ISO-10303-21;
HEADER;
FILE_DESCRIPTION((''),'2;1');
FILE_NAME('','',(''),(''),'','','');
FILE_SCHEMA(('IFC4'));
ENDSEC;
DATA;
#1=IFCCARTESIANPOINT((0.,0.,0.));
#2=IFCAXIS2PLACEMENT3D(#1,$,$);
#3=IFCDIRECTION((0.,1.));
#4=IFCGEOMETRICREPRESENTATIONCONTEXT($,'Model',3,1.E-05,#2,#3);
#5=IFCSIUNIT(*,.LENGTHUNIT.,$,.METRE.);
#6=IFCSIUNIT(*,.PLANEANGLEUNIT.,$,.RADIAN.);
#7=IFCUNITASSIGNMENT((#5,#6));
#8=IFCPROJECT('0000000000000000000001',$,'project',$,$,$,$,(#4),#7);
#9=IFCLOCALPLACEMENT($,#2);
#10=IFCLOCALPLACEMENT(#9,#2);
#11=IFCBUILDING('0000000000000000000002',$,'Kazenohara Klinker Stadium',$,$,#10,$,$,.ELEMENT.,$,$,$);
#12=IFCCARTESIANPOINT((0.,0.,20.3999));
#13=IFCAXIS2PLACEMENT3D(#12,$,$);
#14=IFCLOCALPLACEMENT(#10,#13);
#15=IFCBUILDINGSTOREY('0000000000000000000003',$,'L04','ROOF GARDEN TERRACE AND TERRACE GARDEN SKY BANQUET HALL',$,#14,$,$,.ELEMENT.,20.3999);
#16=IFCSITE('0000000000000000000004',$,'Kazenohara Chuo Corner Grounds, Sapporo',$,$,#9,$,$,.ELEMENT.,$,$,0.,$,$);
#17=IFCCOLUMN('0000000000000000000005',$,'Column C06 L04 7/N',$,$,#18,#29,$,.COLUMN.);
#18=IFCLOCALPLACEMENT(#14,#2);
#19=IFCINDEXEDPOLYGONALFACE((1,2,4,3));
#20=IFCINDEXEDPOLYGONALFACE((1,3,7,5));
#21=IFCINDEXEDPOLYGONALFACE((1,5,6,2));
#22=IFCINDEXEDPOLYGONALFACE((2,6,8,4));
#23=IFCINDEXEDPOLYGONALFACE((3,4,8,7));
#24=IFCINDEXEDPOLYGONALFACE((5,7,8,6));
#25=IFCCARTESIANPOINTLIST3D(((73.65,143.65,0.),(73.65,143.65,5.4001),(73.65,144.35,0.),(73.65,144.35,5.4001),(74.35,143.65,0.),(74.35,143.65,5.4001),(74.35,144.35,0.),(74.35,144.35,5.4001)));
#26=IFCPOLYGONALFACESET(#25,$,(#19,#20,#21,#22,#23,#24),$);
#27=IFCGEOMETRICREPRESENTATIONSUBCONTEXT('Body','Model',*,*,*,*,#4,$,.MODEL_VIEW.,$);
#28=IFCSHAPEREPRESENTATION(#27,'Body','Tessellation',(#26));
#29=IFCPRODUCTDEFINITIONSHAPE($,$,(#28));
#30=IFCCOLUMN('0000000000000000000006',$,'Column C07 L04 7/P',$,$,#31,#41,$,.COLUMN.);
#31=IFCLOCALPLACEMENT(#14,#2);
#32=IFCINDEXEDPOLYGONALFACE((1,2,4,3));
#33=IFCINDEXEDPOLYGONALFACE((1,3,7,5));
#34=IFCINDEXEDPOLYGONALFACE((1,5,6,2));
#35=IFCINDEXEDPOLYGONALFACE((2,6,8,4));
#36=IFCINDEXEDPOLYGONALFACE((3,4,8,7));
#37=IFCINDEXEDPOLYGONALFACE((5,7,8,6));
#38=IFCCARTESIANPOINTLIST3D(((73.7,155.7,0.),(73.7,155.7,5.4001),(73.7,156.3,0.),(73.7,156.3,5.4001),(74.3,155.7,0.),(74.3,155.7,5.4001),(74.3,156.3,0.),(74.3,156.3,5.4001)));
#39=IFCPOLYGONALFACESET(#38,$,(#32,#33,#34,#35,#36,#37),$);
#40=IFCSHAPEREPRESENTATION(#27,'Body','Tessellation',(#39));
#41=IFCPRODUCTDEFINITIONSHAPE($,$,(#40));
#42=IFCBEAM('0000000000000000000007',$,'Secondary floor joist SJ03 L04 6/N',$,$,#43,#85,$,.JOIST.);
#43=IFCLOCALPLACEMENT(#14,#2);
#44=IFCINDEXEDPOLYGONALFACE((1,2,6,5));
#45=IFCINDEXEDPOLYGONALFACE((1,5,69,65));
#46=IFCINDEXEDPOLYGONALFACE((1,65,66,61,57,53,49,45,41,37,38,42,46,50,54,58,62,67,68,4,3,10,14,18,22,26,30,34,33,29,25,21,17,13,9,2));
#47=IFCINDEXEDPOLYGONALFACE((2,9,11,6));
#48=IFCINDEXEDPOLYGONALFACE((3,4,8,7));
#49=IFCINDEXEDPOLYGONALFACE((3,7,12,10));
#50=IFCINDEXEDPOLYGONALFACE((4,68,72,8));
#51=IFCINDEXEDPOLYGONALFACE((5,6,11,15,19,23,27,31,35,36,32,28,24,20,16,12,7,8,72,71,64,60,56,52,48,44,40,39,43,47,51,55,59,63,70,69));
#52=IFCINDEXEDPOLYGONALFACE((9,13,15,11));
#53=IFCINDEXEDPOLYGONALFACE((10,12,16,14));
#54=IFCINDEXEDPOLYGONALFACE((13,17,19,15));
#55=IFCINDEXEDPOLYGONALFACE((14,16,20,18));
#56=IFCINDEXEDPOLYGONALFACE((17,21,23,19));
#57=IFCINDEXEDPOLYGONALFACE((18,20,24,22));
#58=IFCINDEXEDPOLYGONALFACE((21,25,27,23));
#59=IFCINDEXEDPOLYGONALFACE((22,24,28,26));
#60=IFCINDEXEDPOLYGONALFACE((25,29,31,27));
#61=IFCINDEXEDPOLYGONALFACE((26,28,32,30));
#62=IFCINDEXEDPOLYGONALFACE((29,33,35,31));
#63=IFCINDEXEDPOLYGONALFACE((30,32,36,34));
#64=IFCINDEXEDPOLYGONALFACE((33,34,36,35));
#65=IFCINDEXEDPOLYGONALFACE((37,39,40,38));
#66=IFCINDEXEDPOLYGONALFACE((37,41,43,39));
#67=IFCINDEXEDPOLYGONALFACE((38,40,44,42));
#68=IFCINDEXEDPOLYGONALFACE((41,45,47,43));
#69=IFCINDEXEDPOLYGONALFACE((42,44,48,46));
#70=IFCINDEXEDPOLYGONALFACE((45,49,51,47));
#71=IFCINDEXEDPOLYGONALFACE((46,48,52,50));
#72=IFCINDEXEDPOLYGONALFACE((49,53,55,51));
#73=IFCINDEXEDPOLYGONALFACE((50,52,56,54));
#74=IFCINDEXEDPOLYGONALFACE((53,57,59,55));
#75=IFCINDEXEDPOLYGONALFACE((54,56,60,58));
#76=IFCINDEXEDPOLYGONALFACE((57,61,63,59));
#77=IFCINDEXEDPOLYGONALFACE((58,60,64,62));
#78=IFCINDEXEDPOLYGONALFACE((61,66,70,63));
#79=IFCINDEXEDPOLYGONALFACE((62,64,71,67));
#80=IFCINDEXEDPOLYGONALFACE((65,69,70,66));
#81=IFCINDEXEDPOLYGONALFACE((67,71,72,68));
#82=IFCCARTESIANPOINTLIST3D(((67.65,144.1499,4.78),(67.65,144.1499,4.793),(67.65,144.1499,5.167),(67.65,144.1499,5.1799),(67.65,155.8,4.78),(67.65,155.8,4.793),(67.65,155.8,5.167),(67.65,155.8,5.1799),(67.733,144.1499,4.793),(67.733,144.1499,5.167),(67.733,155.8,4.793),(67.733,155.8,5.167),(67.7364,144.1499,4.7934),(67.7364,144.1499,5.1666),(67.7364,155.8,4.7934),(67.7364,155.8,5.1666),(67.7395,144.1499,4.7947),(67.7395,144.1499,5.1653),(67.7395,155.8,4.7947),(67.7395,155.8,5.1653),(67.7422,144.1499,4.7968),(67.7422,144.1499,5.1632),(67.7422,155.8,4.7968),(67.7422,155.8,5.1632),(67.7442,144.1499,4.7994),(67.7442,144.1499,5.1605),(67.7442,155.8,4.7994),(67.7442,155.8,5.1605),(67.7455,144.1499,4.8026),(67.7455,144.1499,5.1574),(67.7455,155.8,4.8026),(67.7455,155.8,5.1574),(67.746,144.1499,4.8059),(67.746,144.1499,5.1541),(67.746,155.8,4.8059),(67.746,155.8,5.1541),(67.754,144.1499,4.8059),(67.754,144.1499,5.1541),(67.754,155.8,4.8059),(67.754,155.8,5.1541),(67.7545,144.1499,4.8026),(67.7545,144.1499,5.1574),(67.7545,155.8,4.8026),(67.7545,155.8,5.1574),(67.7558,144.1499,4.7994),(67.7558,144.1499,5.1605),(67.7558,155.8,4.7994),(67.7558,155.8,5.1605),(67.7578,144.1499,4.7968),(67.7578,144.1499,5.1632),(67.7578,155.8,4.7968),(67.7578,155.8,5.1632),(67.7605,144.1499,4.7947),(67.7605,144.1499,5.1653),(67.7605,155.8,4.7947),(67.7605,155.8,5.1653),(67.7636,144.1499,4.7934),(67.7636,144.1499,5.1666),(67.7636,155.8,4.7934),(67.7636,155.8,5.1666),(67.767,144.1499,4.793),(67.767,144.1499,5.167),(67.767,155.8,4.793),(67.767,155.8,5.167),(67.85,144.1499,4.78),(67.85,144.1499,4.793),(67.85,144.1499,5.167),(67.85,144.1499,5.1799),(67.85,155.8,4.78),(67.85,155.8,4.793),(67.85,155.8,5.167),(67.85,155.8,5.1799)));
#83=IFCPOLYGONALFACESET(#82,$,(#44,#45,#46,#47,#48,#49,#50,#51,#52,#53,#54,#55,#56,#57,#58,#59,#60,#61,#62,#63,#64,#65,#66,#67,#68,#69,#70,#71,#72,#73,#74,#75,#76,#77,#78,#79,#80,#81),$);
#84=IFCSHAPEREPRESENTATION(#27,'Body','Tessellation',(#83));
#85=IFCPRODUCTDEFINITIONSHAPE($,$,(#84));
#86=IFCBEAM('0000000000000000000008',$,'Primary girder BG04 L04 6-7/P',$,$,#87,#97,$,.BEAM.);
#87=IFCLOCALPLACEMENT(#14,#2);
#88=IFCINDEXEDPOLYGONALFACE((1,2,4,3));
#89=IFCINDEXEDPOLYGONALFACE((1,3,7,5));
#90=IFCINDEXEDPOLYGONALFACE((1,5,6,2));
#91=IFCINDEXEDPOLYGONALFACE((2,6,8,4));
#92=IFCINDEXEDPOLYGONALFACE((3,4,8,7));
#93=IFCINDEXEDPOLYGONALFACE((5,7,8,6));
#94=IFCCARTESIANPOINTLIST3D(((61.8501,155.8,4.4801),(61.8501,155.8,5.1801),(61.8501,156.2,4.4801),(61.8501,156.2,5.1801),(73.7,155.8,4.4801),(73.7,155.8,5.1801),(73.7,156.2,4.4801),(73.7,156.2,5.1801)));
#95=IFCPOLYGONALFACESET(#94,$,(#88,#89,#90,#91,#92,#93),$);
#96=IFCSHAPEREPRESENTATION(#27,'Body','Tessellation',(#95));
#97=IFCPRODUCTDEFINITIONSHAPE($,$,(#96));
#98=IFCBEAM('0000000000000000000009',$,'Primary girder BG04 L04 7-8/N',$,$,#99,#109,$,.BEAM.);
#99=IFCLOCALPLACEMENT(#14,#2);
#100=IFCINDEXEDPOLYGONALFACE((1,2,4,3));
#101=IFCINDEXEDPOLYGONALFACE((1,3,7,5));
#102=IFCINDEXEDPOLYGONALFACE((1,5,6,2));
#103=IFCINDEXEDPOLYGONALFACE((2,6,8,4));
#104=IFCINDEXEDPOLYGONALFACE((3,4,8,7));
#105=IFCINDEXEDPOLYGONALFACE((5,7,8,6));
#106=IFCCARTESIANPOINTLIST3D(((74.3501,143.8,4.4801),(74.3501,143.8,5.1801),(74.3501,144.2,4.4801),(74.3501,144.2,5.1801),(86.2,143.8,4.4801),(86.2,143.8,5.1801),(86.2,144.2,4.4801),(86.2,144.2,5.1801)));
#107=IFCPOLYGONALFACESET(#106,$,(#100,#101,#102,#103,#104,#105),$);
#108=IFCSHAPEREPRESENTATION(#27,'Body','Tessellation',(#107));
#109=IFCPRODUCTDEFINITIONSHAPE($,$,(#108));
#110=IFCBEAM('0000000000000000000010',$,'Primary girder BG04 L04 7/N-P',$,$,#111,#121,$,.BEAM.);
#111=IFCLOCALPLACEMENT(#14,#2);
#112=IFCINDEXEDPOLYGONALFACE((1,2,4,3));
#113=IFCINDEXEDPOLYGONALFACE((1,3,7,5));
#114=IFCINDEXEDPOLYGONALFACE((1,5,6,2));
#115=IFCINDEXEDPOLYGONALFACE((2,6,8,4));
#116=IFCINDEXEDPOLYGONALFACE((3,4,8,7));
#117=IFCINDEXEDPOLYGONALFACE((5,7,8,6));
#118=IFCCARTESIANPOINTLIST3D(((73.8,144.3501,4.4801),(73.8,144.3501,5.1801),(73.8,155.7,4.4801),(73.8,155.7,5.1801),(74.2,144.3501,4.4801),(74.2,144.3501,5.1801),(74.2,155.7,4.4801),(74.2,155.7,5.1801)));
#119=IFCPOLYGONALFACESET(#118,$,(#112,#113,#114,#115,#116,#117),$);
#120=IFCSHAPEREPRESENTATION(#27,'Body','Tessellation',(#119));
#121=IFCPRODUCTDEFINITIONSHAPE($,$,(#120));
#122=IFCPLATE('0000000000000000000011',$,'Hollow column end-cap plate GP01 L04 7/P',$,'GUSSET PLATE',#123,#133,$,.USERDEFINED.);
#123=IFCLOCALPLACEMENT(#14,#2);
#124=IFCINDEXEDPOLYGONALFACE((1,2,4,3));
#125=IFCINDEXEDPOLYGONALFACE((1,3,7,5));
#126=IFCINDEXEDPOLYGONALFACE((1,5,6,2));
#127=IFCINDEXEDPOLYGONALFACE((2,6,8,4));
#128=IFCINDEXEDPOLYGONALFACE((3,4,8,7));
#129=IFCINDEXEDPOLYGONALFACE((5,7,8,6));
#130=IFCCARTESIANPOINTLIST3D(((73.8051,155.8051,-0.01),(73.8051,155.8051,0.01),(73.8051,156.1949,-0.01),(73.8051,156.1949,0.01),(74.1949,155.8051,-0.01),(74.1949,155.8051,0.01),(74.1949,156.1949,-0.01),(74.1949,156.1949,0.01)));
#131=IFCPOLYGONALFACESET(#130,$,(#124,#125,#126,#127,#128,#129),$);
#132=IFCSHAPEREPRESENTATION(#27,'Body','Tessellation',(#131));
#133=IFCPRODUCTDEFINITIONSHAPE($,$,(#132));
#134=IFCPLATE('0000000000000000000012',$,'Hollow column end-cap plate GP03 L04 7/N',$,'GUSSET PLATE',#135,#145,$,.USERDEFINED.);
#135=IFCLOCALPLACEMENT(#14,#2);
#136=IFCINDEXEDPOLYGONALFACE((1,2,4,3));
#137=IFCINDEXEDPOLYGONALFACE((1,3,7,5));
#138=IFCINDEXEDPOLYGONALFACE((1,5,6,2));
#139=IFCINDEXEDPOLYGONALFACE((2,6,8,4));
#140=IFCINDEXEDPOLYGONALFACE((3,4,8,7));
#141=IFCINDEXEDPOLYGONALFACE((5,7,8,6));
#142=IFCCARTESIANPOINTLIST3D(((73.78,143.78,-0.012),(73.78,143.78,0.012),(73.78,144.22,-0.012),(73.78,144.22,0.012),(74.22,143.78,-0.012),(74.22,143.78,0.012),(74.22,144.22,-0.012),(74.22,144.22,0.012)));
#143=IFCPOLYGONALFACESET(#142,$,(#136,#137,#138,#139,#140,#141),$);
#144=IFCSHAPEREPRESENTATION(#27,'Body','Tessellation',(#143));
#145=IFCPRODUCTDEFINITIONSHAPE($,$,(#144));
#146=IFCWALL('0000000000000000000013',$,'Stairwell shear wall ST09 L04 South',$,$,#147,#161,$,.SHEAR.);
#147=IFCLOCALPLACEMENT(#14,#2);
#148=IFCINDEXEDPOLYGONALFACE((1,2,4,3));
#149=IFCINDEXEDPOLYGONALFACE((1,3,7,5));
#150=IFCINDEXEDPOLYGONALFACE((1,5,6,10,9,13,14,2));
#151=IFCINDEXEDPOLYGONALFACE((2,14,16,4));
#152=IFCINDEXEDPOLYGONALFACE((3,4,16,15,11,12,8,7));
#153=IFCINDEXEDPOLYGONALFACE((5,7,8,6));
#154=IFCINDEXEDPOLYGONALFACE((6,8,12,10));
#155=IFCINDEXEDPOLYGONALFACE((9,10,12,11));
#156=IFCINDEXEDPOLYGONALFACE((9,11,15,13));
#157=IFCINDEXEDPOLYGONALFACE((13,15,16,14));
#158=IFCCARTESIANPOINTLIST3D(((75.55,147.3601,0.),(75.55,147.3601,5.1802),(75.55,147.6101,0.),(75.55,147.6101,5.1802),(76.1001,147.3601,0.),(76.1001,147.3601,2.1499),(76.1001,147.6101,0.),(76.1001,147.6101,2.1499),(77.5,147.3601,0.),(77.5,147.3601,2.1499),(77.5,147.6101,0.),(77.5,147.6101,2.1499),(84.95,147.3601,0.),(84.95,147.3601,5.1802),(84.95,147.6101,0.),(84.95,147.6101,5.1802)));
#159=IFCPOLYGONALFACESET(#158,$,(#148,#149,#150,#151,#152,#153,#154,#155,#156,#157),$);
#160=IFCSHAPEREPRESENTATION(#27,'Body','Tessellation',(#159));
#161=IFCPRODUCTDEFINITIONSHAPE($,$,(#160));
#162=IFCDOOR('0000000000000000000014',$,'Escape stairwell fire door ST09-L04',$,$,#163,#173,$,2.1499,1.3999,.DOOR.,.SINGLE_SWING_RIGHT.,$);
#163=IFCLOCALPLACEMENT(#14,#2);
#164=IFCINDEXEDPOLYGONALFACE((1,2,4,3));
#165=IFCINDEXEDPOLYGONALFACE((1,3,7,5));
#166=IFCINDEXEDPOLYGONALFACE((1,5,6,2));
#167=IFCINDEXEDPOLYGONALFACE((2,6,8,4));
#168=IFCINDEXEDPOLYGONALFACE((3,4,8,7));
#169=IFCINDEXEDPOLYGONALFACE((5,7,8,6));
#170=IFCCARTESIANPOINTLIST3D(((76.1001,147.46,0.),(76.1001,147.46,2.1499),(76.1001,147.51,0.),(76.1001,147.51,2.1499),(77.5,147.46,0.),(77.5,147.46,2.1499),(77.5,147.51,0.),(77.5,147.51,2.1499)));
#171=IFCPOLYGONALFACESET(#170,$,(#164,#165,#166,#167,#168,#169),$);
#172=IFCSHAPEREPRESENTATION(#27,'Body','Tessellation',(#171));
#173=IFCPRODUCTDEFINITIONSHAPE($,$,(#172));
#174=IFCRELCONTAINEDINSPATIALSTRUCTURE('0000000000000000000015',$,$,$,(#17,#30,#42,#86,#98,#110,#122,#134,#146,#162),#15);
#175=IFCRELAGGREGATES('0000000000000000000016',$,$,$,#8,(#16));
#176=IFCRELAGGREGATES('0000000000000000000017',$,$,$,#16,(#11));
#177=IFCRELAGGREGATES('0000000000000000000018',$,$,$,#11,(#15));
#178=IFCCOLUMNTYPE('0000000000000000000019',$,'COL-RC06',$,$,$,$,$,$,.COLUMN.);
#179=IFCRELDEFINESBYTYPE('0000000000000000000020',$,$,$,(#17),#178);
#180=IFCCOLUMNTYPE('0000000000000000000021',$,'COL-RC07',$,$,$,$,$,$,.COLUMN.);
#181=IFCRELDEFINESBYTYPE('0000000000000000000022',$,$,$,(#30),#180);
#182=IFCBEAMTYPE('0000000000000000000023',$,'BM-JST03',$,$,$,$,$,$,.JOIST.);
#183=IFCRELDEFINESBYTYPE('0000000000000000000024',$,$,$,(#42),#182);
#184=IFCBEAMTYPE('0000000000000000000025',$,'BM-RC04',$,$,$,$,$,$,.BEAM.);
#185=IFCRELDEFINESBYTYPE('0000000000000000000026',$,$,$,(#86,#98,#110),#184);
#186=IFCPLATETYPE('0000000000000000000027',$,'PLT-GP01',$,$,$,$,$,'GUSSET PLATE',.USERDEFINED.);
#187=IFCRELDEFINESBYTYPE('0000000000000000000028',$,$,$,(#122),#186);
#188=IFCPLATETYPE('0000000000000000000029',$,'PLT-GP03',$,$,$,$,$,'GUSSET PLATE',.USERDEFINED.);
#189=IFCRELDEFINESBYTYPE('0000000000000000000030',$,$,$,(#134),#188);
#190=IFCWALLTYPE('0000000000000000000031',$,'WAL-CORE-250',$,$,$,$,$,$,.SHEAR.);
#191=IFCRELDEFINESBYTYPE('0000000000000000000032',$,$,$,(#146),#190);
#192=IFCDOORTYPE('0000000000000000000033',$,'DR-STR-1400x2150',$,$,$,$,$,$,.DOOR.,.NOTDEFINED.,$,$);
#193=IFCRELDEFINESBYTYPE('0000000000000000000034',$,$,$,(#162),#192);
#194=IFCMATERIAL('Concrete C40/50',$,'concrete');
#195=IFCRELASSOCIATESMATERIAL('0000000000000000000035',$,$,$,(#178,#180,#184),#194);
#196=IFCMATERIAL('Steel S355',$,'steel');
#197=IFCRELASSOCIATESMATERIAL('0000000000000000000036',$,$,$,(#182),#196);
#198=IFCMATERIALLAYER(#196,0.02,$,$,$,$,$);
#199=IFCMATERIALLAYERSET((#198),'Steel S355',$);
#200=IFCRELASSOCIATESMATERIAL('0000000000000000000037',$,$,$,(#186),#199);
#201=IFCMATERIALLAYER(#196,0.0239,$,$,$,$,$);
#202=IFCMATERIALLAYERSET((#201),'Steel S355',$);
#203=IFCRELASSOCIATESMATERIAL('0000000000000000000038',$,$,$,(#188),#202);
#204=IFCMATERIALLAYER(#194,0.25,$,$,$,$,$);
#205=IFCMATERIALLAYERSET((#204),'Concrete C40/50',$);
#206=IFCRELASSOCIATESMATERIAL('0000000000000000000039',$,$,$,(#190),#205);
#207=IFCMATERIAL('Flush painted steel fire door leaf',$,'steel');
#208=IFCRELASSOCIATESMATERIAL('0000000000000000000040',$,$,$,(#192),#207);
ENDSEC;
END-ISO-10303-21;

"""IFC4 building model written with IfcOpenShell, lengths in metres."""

from ifc_helpers import new_model, si_unit, direction, frame, frame_2d, origin, origin_2d, place, context, subcontext, project, spatial, rectangle, i_section, extrude, material, layer, layer_set, material_profile, profile_set, type_object, element, fill, save


model = new_model("IFC4")

# Units and contexts
model_context = context("Model", 3, precision=1e-05, world=origin(), true_north=direction((0.0, 1.0)))
body_context = subcontext(model_context, "Body", "Model", "MODEL_VIEW")
ifc_project = project(units=[si_unit("LENGTHUNIT", "METRE"), si_unit("PLANEANGLEUNIT", "RADIAN")], contexts=[model_context])

# Site, building, storey
site_placement = place(None, origin())
site = spatial("IfcSite", under=ifc_project, at=site_placement, Name="Kazenohara Chuo Corner Grounds, Sapporo", CompositionType="ELEMENT", RefElevation=0.0)
building_placement = place(site_placement, origin())
building = spatial("IfcBuilding", under=site, at=building_placement, Name="Kazenohara Klinker Stadium", CompositionType="ELEMENT")
storey_placement = place(building_placement, frame((0.0, 0.0, 20.3999)))
storey = spatial("IfcBuildingStorey", under=building, at=storey_placement, Name="L04", Description="ROOF GARDEN TERRACE AND TERRACE GARDEN SKY BANQUET HALL", CompositionType="ELEMENT", Elevation=20.3999)

# Columns
ifc_material_1 = material(Name="Concrete C40/50", Category="concrete")
ifc_material_profile_1 = material_profile(ifc_material_1, rectangle(XDim=0.7, YDim=0.7, at=origin_2d()), Name="RC-COL-700x700")
ifc_profile_set_1 = profile_set([ifc_material_profile_1], Name="Concrete C40/50")
column_type_1 = type_object("IfcColumnType", Name="COL-RC06", PredefinedType="COLUMN", material=ifc_profile_set_1)
column_1_placement = place(storey_placement, frame((74.0, 144.0, 0.0), z_axis=(0.0, 0.0, 1.0), x_axis=(1.0, 0.0, 0.0)))
element("IfcColumn", 1, at=column_1_placement, inside=storey, type_object=column_type_1, Name="Column C06 L04 7/N", PredefinedType="COLUMN", context=body_context, shape_type="SweptSolid", body=[
    extrude(rectangle(XDim=0.7, YDim=0.7, at=origin_2d()), origin(), (0.0, 0.0, 1.0), 5.4001),
])
ifc_material_profile_2 = material_profile(ifc_material_1, rectangle(XDim=0.6001, YDim=0.6001, at=origin_2d()), Name="RC-COL-600x600")
ifc_profile_set_2 = profile_set([ifc_material_profile_2], Name="Concrete C40/50")
column_type_2 = type_object("IfcColumnType", Name="COL-RC07", PredefinedType="COLUMN", material=ifc_profile_set_2)
column_2_placement = place(storey_placement, frame((74.0, 156.0, 0.0), z_axis=(0.0, 0.0, 1.0), x_axis=(1.0, 0.0, 0.0)))
element("IfcColumn", 2, at=column_2_placement, inside=storey, type_object=column_type_2, Name="Column C07 L04 7/P", PredefinedType="COLUMN", context=body_context, shape_type="SweptSolid", body=[
    extrude(rectangle(XDim=0.6001, YDim=0.6001, at=origin_2d()), origin(), (0.0, 0.0, 1.0), 5.4001),
])

# Beams
ifc_material_2 = material(Name="Steel S355", Category="steel")
ifc_material_profile_3 = material_profile(ifc_material_2, i_section(OverallWidth=0.2, OverallDepth=0.3999, WebThickness=0.0081, FlangeThickness=0.0129, FilletRadius=0.0129, at=origin_2d()), Name="H-400x200x8x13")
ifc_profile_set_3 = profile_set([ifc_material_profile_3], Name="Steel S355")
beam_type_1 = type_object("IfcBeamType", Name="BM-JST03", PredefinedType="JOIST", material=ifc_profile_set_3)
beam_1_placement = place(storey_placement, frame((67.75, 144.1499, 4.98), z_axis=(0.0, 1.0, 0.0), x_axis=(-1.0, 0.0, 0.0)))
element("IfcBeam", 3, at=beam_1_placement, inside=storey, type_object=beam_type_1, Name="Secondary floor joist SJ03 L04 6/N", PredefinedType="JOIST", context=body_context, shape_type="SweptSolid", body=[
    extrude(i_section(OverallWidth=0.2, OverallDepth=0.3999, WebThickness=0.0081, FlangeThickness=0.0129, FilletRadius=0.0129, at=origin_2d()), origin(), (0.0, 0.0, 1.0), 11.6501),
])
ifc_material_profile_4 = material_profile(ifc_material_1, rectangle(XDim=0.3999, YDim=0.7, at=origin_2d()), Name="RC-BM-400x700")
ifc_profile_set_4 = profile_set([ifc_material_profile_4], Name="Concrete C40/50")
beam_type_2 = type_object("IfcBeamType", Name="BM-RC04", PredefinedType="BEAM", material=ifc_profile_set_4)
for number, where, z_axis, x_axis, name in (
    (4, (61.8501, 156.0, 4.8301), (1.0, 0.0, 0.0), (0.0, 1.0, 0.0), "Primary girder BG04 L04 6-7/P"),
    (5, (74.3501, 144.0, 4.8301), (1.0, 0.0, 0.0), (0.0, 1.0, 0.0), "Primary girder BG04 L04 7-8/N"),
):
    element("IfcBeam", number, at=place(storey_placement, frame(where, z_axis=z_axis, x_axis=x_axis)), inside=storey, type_object=beam_type_2, Name=name, PredefinedType="BEAM", context=body_context, shape_type="SweptSolid", body=[
        extrude(rectangle(XDim=0.3999, YDim=0.7, at=origin_2d()), origin(), (0.0, 0.0, 1.0), 11.8499),
    ])
beam_2_placement = place(storey_placement, frame((74.0, 144.3501, 4.8301), z_axis=(0.0, 1.0, 0.0), x_axis=(-1.0, 0.0, 0.0)))
element("IfcBeam", 6, at=beam_2_placement, inside=storey, type_object=beam_type_2, Name="Primary girder BG04 L04 7/N-P", PredefinedType="BEAM", context=body_context, shape_type="SweptSolid", body=[
    extrude(rectangle(XDim=0.3999, YDim=0.7, at=origin_2d()), origin(), (0.0, 0.0, 1.0), 11.3499),
])

# Plates
ifc_layer_1 = layer(ifc_material_2, 0.02)
ifc_layer_set_1 = layer_set([ifc_layer_1], Name="Steel S355")
plate_type_1 = type_object("IfcPlateType", Name="PLT-GP01", ElementType="GUSSET PLATE", PredefinedType="USERDEFINED", material=ifc_layer_set_1)
plate_1_placement = place(storey_placement, frame((74.0, 156.0, -0.01), z_axis=(0.0, 0.0, 1.0), x_axis=(1.0, 0.0, 0.0)))
element("IfcPlate", 7, at=plate_1_placement, inside=storey, type_object=plate_type_1, Name="Hollow column end-cap plate GP01 L04 7/P", ObjectType="GUSSET PLATE", PredefinedType="USERDEFINED", context=body_context, shape_type="SweptSolid", body=[
    extrude(rectangle(XDim=0.3899, YDim=0.3899, at=origin_2d()), origin(), (0.0, 0.0, 1.0), 0.02),
])
ifc_layer_2 = layer(ifc_material_2, 0.0239)
ifc_layer_set_2 = layer_set([ifc_layer_2], Name="Steel S355")
plate_type_2 = type_object("IfcPlateType", Name="PLT-GP03", ElementType="GUSSET PLATE", PredefinedType="USERDEFINED", material=ifc_layer_set_2)
plate_2_placement = place(storey_placement, frame((74.0, 144.0, -0.012), z_axis=(0.0, 0.0, 1.0), x_axis=(1.0, 0.0, 0.0)))
element("IfcPlate", 8, at=plate_2_placement, inside=storey, type_object=plate_type_2, Name="Hollow column end-cap plate GP03 L04 7/N", ObjectType="GUSSET PLATE", PredefinedType="USERDEFINED", context=body_context, shape_type="SweptSolid", body=[
    extrude(rectangle(XDim=0.4399, YDim=0.4399, at=origin_2d()), origin(), (0.0, 0.0, 1.0), 0.0239),
])

# Wall, opening, door
ifc_layer_3 = layer(ifc_material_1, 0.25)
ifc_layer_set_3 = layer_set([ifc_layer_3], Name="Concrete C40/50")
wall_type_1 = type_object("IfcWallType", Name="WAL-CORE-250", PredefinedType="SHEAR", material=ifc_layer_set_3)
wall_1_placement = place(storey_placement, frame((75.55, 147.4851, 0.0), z_axis=(0.0, 0.0, 1.0), x_axis=(1.0, 0.0, 0.0)))
wall_1 = element("IfcWall", 9, at=wall_1_placement, inside=storey, type_object=wall_type_1, Name="Stairwell shear wall ST09 L04 South", PredefinedType="SHEAR", context=body_context, shape_type="SweptSolid", body=[
    extrude(rectangle(XDim=9.3999, YDim=0.25, at=frame_2d((4.7, 0.0))), origin(), (0.0, 0.0, 1.0), 5.1802),
])
opening_1_placement = place(wall_1_placement, frame((0.55, 0.0, 0.0)))
opening_1 = element("IfcOpeningElement", 10, at=opening_1_placement, cuts=wall_1, PredefinedType="OPENING", context=body_context, shape_type="SweptSolid", body=[
    extrude(rectangle(XDim=1.3999, YDim=2.1499, at=frame_2d((0.7, 1.075))), frame((0.0, 0.135, 0.0), z_axis=(0.0, -1.0, 0.0), x_axis=(1.0, 0.0, 0.0)), (0.0, 0.0, 1.0), 0.27),
])
ifc_material_3 = material(Name="Flush painted steel fire door leaf", Category="steel")
door_type_1 = type_object("IfcDoorType", Name="DR-STR-1400x2150", OperationType="NOTDEFINED", PredefinedType="DOOR", material=ifc_material_3)
door_1_placement = place(opening_1_placement, origin())
door_1 = element("IfcDoor", 11, at=door_1_placement, inside=storey, type_object=door_type_1, Name="Escape stairwell fire door ST09-L04", OperationType="SINGLE_SWING_RIGHT", OverallHeight=2.1499, OverallWidth=1.3999, PredefinedType="DOOR", context=body_context, shape_type="SweptSolid", body=[
    extrude(rectangle(XDim=1.3999, YDim=2.1499, at=frame_2d((0.7, 1.075))), frame((0.0, 0.0249, 0.0), z_axis=(0.0, -1.0, 0.0), x_axis=(1.0, 0.0, 0.0)), (0.0, 0.0, 1.0), 0.05),
])
fill(opening_1, door_1)

save(model, "model.ifc")
